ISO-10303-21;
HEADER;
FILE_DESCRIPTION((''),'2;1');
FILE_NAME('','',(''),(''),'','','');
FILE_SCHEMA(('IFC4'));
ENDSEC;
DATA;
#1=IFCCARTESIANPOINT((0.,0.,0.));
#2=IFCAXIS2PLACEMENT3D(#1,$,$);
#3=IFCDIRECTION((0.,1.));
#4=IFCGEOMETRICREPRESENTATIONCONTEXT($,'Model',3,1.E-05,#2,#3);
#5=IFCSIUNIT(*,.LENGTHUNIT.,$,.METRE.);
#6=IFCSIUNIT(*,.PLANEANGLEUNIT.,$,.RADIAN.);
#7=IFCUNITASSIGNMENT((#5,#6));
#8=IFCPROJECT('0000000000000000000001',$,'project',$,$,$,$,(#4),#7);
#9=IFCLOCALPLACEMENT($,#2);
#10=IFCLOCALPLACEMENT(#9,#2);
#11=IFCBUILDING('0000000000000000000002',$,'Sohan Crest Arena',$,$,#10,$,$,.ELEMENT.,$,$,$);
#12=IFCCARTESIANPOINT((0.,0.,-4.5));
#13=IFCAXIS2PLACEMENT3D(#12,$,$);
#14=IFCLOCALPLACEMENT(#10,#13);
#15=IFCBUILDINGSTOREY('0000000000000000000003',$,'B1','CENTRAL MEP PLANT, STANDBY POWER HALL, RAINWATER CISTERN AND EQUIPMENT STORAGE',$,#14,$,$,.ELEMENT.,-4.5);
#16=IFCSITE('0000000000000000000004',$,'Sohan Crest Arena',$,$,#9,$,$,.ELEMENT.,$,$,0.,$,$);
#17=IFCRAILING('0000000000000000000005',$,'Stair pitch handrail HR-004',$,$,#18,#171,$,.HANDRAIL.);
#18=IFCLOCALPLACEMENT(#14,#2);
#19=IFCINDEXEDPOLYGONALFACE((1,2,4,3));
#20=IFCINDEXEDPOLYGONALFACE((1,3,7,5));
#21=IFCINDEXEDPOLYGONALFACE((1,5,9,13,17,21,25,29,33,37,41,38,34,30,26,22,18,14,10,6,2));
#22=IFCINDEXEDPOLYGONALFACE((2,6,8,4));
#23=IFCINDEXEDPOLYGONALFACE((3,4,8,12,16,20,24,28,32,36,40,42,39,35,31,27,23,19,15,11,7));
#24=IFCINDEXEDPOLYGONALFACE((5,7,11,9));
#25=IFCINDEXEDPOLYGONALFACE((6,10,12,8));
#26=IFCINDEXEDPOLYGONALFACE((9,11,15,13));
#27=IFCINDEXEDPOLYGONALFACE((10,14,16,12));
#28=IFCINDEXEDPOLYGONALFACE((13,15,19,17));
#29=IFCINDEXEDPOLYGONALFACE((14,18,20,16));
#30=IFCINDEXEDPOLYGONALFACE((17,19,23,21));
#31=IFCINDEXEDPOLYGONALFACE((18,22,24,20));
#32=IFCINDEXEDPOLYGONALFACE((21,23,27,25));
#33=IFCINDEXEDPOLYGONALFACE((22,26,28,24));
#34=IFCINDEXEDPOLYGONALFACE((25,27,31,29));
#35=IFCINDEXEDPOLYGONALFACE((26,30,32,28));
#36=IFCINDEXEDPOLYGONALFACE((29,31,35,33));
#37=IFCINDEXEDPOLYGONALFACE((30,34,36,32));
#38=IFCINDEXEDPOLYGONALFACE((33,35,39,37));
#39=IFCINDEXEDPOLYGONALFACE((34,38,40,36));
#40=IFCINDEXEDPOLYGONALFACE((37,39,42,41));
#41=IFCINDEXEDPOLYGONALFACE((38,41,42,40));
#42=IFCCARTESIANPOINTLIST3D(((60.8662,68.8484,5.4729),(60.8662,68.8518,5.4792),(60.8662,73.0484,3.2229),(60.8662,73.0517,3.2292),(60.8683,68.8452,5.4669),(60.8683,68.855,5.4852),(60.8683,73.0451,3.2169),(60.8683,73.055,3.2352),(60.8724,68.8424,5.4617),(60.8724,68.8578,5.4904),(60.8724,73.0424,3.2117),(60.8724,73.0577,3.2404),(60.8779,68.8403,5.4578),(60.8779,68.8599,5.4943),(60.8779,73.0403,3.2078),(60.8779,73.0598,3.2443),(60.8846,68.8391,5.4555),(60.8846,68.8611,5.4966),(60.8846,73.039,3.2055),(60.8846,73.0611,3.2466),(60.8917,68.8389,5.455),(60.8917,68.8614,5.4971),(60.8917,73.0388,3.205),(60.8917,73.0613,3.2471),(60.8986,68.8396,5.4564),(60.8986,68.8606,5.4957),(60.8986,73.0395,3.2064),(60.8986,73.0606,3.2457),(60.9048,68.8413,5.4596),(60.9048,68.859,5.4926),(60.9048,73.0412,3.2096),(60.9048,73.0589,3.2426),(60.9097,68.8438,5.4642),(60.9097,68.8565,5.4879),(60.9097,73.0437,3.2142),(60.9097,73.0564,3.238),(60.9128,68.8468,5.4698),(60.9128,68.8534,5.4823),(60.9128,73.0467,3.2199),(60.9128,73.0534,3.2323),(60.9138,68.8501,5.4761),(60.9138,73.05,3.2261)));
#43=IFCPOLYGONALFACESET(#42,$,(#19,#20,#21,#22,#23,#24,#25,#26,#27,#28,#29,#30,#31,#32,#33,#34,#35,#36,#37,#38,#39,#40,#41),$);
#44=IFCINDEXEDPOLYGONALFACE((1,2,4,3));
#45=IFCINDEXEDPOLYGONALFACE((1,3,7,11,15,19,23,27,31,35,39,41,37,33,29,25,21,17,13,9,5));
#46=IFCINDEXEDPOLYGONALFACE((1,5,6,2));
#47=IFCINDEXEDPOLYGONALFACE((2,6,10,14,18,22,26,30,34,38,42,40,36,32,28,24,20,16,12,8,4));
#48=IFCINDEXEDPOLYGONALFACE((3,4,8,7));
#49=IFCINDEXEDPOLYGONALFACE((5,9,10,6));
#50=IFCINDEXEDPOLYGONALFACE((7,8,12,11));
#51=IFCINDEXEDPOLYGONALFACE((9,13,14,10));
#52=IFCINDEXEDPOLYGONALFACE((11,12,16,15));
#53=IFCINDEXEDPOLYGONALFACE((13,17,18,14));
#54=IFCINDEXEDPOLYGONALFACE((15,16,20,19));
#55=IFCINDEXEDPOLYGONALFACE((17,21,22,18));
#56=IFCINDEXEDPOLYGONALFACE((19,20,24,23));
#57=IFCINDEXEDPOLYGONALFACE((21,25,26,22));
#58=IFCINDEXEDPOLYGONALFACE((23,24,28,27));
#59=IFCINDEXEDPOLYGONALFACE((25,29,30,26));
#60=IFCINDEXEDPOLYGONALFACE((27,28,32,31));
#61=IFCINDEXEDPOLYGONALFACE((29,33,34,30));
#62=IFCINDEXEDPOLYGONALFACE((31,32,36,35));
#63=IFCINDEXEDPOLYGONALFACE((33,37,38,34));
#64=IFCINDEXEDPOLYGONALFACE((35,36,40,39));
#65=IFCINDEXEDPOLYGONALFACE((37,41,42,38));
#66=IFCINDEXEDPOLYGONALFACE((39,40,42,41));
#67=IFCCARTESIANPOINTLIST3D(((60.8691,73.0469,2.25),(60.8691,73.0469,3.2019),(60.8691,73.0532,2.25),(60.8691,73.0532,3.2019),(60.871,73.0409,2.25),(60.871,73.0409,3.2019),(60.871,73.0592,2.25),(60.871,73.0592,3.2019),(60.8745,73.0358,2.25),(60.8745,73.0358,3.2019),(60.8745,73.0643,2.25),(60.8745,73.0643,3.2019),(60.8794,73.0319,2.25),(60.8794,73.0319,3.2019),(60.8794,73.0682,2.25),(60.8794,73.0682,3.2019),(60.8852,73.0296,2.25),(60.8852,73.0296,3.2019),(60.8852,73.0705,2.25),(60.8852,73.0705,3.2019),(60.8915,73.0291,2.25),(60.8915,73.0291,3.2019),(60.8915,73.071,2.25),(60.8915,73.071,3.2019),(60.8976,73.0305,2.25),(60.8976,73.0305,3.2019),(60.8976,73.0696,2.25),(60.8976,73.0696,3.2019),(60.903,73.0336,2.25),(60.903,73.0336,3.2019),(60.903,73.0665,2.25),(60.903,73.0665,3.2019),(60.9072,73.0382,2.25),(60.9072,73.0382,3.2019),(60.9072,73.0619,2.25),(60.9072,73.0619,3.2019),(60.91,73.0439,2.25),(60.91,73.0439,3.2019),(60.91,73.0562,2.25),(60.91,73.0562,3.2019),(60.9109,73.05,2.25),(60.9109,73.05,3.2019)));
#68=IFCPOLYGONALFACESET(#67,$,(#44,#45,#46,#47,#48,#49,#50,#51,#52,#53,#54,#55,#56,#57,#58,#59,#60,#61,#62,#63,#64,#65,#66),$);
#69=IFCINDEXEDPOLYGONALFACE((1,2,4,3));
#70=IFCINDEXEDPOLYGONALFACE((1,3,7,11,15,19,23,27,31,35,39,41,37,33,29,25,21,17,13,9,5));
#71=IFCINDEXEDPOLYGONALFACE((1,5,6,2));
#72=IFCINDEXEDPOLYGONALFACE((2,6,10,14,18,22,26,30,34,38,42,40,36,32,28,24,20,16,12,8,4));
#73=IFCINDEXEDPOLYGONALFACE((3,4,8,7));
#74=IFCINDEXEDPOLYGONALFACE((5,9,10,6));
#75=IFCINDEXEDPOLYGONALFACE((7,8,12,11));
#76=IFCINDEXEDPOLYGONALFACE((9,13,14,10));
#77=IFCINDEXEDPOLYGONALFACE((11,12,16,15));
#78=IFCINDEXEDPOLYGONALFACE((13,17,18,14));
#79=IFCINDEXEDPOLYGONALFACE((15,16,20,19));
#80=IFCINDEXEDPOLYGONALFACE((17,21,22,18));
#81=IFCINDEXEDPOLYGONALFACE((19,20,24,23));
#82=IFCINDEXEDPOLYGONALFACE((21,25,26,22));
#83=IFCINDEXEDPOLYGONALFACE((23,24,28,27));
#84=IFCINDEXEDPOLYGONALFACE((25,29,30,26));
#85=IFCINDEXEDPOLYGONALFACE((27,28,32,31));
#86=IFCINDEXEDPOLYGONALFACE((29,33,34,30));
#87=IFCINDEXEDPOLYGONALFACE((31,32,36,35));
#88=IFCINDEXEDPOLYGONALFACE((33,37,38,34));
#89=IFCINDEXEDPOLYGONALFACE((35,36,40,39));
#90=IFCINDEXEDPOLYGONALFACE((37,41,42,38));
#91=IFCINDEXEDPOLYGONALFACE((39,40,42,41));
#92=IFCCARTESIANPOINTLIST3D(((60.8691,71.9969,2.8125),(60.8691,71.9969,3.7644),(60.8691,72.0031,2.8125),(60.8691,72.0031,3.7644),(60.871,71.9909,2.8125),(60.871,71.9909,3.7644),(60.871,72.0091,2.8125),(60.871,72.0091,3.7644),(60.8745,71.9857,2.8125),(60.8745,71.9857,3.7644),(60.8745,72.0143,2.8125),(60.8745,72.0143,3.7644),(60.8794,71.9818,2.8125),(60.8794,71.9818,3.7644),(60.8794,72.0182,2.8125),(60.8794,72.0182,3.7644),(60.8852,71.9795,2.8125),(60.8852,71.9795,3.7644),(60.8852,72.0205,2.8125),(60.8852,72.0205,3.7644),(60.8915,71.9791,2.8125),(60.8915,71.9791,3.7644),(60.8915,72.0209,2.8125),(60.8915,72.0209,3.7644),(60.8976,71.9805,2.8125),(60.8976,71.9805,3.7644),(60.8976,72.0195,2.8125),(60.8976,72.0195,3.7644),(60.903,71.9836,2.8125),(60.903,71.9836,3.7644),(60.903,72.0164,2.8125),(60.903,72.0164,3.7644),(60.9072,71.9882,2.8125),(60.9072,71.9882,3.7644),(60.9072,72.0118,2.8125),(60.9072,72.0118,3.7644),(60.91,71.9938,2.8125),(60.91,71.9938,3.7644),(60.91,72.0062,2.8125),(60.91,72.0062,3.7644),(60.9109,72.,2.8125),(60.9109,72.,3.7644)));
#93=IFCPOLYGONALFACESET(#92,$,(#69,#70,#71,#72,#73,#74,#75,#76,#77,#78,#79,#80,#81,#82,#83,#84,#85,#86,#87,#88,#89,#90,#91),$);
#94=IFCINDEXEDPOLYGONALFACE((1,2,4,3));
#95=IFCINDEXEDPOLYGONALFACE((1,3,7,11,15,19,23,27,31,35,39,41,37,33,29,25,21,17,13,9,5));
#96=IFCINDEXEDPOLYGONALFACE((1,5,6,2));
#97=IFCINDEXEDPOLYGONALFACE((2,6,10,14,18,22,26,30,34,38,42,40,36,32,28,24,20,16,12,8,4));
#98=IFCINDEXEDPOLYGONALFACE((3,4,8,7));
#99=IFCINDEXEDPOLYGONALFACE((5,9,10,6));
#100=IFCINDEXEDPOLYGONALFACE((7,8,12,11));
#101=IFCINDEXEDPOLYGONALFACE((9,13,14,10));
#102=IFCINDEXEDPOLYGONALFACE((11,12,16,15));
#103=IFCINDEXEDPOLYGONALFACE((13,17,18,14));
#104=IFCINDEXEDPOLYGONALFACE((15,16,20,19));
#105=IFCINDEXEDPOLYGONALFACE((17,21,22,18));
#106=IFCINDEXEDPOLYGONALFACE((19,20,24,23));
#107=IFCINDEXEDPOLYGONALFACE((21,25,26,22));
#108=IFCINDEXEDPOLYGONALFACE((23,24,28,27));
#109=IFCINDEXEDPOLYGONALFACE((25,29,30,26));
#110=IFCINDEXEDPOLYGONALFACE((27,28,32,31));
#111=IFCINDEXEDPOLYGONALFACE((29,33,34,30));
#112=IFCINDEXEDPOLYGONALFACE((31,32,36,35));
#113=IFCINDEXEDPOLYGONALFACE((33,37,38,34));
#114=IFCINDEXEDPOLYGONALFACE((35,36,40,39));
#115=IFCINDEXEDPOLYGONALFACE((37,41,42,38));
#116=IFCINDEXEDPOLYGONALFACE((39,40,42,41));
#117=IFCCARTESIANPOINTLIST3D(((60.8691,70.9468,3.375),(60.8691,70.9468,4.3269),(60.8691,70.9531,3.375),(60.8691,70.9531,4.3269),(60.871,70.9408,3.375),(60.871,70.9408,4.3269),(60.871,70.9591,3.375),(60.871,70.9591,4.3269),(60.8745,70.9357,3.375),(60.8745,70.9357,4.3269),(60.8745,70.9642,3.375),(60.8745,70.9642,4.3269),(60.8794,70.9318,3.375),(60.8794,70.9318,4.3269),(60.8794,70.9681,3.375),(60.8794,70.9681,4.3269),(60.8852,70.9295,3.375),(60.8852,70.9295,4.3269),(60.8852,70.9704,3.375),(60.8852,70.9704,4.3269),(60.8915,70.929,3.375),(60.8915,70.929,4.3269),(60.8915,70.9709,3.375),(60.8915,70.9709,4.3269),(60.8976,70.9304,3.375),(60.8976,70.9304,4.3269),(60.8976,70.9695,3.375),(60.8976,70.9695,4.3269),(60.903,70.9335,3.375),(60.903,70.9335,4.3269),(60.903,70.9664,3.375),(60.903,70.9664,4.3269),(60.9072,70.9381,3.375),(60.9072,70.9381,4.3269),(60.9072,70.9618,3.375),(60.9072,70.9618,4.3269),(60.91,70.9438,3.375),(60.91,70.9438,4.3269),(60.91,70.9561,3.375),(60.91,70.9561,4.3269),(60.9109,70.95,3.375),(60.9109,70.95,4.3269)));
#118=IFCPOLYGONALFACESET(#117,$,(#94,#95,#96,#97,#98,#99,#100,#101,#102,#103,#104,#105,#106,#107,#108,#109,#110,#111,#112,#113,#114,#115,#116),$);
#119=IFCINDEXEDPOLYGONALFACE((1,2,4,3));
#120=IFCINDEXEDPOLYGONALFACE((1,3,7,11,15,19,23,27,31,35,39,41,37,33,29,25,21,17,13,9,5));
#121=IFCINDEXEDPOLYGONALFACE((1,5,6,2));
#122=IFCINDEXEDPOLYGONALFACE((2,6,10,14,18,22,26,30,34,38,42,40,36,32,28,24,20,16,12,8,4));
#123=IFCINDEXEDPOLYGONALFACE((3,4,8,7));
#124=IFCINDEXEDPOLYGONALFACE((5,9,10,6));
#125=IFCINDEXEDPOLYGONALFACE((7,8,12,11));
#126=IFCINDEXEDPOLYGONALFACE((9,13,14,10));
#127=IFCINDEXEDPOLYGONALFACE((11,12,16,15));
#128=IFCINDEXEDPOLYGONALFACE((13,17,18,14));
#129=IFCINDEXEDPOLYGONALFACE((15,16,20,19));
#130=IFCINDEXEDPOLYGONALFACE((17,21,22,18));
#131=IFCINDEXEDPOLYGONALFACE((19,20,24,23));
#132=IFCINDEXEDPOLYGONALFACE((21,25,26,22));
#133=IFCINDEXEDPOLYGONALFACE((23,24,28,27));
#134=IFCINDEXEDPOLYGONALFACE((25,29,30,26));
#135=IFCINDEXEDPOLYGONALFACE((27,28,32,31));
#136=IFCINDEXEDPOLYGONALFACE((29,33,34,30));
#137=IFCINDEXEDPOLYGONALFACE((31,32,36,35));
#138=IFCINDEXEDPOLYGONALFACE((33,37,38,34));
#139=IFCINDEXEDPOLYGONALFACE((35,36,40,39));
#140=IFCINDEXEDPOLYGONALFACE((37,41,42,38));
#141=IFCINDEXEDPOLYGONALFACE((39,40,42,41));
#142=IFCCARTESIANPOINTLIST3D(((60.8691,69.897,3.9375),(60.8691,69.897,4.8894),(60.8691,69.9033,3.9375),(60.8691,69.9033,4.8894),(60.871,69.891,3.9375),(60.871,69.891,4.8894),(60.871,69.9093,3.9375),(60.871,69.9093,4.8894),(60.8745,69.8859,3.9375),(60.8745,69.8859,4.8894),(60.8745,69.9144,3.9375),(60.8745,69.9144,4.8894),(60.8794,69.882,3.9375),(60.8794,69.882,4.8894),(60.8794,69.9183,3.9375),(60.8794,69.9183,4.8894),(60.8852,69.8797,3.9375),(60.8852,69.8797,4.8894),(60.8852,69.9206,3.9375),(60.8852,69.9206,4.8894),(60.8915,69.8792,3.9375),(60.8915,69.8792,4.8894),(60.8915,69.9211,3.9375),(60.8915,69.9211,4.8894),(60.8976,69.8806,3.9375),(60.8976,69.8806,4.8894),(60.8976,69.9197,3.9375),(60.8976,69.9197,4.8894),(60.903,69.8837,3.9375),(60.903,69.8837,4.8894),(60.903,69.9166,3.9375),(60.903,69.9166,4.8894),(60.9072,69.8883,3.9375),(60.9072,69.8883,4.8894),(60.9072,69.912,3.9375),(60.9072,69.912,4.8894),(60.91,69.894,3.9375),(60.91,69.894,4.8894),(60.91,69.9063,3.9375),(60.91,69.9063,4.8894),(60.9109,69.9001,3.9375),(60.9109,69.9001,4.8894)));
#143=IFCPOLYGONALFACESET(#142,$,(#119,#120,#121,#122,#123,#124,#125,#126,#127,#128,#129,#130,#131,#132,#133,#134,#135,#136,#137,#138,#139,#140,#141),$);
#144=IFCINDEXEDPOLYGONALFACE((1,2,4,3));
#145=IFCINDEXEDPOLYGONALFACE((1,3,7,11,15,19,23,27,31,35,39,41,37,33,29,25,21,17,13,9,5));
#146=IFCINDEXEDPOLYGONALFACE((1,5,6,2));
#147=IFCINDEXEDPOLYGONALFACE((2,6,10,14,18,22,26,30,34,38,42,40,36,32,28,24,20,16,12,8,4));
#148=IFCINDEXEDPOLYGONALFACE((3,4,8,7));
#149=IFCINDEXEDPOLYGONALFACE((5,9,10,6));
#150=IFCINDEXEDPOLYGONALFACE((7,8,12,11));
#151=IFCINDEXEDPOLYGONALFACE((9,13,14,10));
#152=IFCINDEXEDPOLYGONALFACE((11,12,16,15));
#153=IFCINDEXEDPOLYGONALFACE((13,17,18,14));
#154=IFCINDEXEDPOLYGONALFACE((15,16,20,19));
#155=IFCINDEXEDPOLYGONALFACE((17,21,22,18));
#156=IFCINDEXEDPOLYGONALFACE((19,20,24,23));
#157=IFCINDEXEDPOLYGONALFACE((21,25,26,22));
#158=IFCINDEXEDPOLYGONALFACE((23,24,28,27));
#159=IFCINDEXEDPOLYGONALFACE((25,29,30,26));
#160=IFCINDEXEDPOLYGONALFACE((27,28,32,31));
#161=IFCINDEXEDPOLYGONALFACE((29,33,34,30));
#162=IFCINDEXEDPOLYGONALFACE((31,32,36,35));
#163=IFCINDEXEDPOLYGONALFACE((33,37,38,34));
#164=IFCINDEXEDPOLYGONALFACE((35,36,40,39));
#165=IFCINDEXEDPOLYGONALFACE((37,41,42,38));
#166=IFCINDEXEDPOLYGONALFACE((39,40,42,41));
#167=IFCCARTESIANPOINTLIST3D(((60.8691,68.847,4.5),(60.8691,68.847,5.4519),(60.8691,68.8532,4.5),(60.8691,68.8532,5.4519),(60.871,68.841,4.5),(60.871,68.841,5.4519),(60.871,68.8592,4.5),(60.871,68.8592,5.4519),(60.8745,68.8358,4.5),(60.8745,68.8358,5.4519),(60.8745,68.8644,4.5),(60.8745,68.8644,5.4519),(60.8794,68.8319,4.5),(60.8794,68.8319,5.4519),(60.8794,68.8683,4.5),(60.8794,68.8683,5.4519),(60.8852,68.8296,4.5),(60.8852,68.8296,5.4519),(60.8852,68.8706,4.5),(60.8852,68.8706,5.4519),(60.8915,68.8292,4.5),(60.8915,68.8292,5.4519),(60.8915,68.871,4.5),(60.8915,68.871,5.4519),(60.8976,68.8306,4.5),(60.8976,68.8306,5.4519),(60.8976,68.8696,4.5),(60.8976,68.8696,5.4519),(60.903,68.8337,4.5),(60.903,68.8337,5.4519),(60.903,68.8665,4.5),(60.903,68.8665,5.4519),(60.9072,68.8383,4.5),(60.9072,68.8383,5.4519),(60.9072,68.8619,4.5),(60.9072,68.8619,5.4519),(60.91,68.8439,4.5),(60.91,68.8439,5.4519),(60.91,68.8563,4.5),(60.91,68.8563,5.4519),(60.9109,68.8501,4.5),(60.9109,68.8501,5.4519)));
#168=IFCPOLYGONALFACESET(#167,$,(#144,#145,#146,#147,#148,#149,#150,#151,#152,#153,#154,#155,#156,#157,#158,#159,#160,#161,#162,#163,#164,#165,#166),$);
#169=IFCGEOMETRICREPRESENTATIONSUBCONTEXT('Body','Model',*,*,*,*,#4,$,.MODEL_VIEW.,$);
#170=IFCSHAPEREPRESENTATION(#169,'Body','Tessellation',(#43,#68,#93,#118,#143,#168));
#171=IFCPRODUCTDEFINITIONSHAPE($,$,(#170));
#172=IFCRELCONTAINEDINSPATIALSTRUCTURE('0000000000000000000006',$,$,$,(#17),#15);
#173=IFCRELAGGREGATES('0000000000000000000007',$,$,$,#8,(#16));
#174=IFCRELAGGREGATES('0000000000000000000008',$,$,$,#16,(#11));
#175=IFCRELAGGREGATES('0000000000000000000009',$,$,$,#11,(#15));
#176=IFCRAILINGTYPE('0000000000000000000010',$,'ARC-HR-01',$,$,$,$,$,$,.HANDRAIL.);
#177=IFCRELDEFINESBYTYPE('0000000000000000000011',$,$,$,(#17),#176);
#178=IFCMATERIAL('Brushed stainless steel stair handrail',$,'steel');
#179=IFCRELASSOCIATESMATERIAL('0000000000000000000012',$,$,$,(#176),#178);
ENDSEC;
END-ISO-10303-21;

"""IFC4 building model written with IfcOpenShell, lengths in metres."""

from ifc_helpers import new_model, si_unit, direction, frame, origin, origin_2d, place, context, subcontext, project, spatial, circle, extrude, material, type_object, element, save


model = new_model("IFC4")

# Units and contexts
model_context = context("Model", 3, precision=1e-05, world=origin(), true_north=direction((0.0, 1.0)))
body_context = subcontext(model_context, "Body", "Model", "MODEL_VIEW")
ifc_project = project(units=[si_unit("LENGTHUNIT", "METRE"), si_unit("PLANEANGLEUNIT", "RADIAN")], contexts=[model_context])

# Site, building, storey
site_placement = place(None, origin())
site = spatial("IfcSite", under=ifc_project, at=site_placement, Name="Sohan Crest Arena", CompositionType="ELEMENT", RefElevation=0.0)
building_placement = place(site_placement, origin())
building = spatial("IfcBuilding", under=site, at=building_placement, Name="Sohan Crest Arena", CompositionType="ELEMENT")
storey_placement = place(building_placement, frame((0.0, 0.0, -4.5)))
storey = spatial("IfcBuildingStorey", under=building, at=storey_placement, Name="B1", Description="CENTRAL MEP PLANT, STANDBY POWER HALL, RAINWATER CISTERN AND EQUIPMENT STORAGE", CompositionType="ELEMENT", Elevation=-4.5)

# Railing
ifc_material_1 = material(Name="Brushed stainless steel stair handrail", Category="steel")
railing_type_1 = type_object("IfcRailingType", Name="ARC-HR-01", PredefinedType="HANDRAIL", material=ifc_material_1)
for number, where, name in (
    (1, (60.8899, 73.05, 2.25), "Stair pitch handrail HR-004"),
):
    element("IfcRailing", number, at=place(storey_placement, frame(where)), inside=storey, type_object=railing_type_1, Name=name, PredefinedType="HANDRAIL", context=body_context, shape_type="SweptSolid", body=[
        extrude(circle(Radius=0.0239, at=origin_2d()), frame((0.0, 0.0, 0.9761), z_axis=(0.0, -0.881478, 0.472226), x_axis=(1.0, 0.0, 0.0)), (0.0, 0.0, 1.0), 4.7646),
        extrude(circle(Radius=0.021, at=origin_2d()), origin(), (0.0, 0.0, 1.0), 0.9519),
        extrude(circle(Radius=0.021, at=origin_2d()), frame((0.0, -1.05, 0.5625)), (0.0, 0.0, 1.0), 0.9519),
        extrude(circle(Radius=0.021, at=origin_2d()), frame((0.0, -2.1001, 1.125)), (0.0, 0.0, 1.0), 0.9519),
        extrude(circle(Radius=0.021, at=origin_2d()), frame((0.0, -3.1499, 1.6875)), (0.0, 0.0, 1.0), 0.9519),
        extrude(circle(Radius=0.021, at=origin_2d()), frame((0.0, -4.2, 2.25)), (0.0, 0.0, 1.0), 0.9519),
    ])

save(model, "model.ifc")
